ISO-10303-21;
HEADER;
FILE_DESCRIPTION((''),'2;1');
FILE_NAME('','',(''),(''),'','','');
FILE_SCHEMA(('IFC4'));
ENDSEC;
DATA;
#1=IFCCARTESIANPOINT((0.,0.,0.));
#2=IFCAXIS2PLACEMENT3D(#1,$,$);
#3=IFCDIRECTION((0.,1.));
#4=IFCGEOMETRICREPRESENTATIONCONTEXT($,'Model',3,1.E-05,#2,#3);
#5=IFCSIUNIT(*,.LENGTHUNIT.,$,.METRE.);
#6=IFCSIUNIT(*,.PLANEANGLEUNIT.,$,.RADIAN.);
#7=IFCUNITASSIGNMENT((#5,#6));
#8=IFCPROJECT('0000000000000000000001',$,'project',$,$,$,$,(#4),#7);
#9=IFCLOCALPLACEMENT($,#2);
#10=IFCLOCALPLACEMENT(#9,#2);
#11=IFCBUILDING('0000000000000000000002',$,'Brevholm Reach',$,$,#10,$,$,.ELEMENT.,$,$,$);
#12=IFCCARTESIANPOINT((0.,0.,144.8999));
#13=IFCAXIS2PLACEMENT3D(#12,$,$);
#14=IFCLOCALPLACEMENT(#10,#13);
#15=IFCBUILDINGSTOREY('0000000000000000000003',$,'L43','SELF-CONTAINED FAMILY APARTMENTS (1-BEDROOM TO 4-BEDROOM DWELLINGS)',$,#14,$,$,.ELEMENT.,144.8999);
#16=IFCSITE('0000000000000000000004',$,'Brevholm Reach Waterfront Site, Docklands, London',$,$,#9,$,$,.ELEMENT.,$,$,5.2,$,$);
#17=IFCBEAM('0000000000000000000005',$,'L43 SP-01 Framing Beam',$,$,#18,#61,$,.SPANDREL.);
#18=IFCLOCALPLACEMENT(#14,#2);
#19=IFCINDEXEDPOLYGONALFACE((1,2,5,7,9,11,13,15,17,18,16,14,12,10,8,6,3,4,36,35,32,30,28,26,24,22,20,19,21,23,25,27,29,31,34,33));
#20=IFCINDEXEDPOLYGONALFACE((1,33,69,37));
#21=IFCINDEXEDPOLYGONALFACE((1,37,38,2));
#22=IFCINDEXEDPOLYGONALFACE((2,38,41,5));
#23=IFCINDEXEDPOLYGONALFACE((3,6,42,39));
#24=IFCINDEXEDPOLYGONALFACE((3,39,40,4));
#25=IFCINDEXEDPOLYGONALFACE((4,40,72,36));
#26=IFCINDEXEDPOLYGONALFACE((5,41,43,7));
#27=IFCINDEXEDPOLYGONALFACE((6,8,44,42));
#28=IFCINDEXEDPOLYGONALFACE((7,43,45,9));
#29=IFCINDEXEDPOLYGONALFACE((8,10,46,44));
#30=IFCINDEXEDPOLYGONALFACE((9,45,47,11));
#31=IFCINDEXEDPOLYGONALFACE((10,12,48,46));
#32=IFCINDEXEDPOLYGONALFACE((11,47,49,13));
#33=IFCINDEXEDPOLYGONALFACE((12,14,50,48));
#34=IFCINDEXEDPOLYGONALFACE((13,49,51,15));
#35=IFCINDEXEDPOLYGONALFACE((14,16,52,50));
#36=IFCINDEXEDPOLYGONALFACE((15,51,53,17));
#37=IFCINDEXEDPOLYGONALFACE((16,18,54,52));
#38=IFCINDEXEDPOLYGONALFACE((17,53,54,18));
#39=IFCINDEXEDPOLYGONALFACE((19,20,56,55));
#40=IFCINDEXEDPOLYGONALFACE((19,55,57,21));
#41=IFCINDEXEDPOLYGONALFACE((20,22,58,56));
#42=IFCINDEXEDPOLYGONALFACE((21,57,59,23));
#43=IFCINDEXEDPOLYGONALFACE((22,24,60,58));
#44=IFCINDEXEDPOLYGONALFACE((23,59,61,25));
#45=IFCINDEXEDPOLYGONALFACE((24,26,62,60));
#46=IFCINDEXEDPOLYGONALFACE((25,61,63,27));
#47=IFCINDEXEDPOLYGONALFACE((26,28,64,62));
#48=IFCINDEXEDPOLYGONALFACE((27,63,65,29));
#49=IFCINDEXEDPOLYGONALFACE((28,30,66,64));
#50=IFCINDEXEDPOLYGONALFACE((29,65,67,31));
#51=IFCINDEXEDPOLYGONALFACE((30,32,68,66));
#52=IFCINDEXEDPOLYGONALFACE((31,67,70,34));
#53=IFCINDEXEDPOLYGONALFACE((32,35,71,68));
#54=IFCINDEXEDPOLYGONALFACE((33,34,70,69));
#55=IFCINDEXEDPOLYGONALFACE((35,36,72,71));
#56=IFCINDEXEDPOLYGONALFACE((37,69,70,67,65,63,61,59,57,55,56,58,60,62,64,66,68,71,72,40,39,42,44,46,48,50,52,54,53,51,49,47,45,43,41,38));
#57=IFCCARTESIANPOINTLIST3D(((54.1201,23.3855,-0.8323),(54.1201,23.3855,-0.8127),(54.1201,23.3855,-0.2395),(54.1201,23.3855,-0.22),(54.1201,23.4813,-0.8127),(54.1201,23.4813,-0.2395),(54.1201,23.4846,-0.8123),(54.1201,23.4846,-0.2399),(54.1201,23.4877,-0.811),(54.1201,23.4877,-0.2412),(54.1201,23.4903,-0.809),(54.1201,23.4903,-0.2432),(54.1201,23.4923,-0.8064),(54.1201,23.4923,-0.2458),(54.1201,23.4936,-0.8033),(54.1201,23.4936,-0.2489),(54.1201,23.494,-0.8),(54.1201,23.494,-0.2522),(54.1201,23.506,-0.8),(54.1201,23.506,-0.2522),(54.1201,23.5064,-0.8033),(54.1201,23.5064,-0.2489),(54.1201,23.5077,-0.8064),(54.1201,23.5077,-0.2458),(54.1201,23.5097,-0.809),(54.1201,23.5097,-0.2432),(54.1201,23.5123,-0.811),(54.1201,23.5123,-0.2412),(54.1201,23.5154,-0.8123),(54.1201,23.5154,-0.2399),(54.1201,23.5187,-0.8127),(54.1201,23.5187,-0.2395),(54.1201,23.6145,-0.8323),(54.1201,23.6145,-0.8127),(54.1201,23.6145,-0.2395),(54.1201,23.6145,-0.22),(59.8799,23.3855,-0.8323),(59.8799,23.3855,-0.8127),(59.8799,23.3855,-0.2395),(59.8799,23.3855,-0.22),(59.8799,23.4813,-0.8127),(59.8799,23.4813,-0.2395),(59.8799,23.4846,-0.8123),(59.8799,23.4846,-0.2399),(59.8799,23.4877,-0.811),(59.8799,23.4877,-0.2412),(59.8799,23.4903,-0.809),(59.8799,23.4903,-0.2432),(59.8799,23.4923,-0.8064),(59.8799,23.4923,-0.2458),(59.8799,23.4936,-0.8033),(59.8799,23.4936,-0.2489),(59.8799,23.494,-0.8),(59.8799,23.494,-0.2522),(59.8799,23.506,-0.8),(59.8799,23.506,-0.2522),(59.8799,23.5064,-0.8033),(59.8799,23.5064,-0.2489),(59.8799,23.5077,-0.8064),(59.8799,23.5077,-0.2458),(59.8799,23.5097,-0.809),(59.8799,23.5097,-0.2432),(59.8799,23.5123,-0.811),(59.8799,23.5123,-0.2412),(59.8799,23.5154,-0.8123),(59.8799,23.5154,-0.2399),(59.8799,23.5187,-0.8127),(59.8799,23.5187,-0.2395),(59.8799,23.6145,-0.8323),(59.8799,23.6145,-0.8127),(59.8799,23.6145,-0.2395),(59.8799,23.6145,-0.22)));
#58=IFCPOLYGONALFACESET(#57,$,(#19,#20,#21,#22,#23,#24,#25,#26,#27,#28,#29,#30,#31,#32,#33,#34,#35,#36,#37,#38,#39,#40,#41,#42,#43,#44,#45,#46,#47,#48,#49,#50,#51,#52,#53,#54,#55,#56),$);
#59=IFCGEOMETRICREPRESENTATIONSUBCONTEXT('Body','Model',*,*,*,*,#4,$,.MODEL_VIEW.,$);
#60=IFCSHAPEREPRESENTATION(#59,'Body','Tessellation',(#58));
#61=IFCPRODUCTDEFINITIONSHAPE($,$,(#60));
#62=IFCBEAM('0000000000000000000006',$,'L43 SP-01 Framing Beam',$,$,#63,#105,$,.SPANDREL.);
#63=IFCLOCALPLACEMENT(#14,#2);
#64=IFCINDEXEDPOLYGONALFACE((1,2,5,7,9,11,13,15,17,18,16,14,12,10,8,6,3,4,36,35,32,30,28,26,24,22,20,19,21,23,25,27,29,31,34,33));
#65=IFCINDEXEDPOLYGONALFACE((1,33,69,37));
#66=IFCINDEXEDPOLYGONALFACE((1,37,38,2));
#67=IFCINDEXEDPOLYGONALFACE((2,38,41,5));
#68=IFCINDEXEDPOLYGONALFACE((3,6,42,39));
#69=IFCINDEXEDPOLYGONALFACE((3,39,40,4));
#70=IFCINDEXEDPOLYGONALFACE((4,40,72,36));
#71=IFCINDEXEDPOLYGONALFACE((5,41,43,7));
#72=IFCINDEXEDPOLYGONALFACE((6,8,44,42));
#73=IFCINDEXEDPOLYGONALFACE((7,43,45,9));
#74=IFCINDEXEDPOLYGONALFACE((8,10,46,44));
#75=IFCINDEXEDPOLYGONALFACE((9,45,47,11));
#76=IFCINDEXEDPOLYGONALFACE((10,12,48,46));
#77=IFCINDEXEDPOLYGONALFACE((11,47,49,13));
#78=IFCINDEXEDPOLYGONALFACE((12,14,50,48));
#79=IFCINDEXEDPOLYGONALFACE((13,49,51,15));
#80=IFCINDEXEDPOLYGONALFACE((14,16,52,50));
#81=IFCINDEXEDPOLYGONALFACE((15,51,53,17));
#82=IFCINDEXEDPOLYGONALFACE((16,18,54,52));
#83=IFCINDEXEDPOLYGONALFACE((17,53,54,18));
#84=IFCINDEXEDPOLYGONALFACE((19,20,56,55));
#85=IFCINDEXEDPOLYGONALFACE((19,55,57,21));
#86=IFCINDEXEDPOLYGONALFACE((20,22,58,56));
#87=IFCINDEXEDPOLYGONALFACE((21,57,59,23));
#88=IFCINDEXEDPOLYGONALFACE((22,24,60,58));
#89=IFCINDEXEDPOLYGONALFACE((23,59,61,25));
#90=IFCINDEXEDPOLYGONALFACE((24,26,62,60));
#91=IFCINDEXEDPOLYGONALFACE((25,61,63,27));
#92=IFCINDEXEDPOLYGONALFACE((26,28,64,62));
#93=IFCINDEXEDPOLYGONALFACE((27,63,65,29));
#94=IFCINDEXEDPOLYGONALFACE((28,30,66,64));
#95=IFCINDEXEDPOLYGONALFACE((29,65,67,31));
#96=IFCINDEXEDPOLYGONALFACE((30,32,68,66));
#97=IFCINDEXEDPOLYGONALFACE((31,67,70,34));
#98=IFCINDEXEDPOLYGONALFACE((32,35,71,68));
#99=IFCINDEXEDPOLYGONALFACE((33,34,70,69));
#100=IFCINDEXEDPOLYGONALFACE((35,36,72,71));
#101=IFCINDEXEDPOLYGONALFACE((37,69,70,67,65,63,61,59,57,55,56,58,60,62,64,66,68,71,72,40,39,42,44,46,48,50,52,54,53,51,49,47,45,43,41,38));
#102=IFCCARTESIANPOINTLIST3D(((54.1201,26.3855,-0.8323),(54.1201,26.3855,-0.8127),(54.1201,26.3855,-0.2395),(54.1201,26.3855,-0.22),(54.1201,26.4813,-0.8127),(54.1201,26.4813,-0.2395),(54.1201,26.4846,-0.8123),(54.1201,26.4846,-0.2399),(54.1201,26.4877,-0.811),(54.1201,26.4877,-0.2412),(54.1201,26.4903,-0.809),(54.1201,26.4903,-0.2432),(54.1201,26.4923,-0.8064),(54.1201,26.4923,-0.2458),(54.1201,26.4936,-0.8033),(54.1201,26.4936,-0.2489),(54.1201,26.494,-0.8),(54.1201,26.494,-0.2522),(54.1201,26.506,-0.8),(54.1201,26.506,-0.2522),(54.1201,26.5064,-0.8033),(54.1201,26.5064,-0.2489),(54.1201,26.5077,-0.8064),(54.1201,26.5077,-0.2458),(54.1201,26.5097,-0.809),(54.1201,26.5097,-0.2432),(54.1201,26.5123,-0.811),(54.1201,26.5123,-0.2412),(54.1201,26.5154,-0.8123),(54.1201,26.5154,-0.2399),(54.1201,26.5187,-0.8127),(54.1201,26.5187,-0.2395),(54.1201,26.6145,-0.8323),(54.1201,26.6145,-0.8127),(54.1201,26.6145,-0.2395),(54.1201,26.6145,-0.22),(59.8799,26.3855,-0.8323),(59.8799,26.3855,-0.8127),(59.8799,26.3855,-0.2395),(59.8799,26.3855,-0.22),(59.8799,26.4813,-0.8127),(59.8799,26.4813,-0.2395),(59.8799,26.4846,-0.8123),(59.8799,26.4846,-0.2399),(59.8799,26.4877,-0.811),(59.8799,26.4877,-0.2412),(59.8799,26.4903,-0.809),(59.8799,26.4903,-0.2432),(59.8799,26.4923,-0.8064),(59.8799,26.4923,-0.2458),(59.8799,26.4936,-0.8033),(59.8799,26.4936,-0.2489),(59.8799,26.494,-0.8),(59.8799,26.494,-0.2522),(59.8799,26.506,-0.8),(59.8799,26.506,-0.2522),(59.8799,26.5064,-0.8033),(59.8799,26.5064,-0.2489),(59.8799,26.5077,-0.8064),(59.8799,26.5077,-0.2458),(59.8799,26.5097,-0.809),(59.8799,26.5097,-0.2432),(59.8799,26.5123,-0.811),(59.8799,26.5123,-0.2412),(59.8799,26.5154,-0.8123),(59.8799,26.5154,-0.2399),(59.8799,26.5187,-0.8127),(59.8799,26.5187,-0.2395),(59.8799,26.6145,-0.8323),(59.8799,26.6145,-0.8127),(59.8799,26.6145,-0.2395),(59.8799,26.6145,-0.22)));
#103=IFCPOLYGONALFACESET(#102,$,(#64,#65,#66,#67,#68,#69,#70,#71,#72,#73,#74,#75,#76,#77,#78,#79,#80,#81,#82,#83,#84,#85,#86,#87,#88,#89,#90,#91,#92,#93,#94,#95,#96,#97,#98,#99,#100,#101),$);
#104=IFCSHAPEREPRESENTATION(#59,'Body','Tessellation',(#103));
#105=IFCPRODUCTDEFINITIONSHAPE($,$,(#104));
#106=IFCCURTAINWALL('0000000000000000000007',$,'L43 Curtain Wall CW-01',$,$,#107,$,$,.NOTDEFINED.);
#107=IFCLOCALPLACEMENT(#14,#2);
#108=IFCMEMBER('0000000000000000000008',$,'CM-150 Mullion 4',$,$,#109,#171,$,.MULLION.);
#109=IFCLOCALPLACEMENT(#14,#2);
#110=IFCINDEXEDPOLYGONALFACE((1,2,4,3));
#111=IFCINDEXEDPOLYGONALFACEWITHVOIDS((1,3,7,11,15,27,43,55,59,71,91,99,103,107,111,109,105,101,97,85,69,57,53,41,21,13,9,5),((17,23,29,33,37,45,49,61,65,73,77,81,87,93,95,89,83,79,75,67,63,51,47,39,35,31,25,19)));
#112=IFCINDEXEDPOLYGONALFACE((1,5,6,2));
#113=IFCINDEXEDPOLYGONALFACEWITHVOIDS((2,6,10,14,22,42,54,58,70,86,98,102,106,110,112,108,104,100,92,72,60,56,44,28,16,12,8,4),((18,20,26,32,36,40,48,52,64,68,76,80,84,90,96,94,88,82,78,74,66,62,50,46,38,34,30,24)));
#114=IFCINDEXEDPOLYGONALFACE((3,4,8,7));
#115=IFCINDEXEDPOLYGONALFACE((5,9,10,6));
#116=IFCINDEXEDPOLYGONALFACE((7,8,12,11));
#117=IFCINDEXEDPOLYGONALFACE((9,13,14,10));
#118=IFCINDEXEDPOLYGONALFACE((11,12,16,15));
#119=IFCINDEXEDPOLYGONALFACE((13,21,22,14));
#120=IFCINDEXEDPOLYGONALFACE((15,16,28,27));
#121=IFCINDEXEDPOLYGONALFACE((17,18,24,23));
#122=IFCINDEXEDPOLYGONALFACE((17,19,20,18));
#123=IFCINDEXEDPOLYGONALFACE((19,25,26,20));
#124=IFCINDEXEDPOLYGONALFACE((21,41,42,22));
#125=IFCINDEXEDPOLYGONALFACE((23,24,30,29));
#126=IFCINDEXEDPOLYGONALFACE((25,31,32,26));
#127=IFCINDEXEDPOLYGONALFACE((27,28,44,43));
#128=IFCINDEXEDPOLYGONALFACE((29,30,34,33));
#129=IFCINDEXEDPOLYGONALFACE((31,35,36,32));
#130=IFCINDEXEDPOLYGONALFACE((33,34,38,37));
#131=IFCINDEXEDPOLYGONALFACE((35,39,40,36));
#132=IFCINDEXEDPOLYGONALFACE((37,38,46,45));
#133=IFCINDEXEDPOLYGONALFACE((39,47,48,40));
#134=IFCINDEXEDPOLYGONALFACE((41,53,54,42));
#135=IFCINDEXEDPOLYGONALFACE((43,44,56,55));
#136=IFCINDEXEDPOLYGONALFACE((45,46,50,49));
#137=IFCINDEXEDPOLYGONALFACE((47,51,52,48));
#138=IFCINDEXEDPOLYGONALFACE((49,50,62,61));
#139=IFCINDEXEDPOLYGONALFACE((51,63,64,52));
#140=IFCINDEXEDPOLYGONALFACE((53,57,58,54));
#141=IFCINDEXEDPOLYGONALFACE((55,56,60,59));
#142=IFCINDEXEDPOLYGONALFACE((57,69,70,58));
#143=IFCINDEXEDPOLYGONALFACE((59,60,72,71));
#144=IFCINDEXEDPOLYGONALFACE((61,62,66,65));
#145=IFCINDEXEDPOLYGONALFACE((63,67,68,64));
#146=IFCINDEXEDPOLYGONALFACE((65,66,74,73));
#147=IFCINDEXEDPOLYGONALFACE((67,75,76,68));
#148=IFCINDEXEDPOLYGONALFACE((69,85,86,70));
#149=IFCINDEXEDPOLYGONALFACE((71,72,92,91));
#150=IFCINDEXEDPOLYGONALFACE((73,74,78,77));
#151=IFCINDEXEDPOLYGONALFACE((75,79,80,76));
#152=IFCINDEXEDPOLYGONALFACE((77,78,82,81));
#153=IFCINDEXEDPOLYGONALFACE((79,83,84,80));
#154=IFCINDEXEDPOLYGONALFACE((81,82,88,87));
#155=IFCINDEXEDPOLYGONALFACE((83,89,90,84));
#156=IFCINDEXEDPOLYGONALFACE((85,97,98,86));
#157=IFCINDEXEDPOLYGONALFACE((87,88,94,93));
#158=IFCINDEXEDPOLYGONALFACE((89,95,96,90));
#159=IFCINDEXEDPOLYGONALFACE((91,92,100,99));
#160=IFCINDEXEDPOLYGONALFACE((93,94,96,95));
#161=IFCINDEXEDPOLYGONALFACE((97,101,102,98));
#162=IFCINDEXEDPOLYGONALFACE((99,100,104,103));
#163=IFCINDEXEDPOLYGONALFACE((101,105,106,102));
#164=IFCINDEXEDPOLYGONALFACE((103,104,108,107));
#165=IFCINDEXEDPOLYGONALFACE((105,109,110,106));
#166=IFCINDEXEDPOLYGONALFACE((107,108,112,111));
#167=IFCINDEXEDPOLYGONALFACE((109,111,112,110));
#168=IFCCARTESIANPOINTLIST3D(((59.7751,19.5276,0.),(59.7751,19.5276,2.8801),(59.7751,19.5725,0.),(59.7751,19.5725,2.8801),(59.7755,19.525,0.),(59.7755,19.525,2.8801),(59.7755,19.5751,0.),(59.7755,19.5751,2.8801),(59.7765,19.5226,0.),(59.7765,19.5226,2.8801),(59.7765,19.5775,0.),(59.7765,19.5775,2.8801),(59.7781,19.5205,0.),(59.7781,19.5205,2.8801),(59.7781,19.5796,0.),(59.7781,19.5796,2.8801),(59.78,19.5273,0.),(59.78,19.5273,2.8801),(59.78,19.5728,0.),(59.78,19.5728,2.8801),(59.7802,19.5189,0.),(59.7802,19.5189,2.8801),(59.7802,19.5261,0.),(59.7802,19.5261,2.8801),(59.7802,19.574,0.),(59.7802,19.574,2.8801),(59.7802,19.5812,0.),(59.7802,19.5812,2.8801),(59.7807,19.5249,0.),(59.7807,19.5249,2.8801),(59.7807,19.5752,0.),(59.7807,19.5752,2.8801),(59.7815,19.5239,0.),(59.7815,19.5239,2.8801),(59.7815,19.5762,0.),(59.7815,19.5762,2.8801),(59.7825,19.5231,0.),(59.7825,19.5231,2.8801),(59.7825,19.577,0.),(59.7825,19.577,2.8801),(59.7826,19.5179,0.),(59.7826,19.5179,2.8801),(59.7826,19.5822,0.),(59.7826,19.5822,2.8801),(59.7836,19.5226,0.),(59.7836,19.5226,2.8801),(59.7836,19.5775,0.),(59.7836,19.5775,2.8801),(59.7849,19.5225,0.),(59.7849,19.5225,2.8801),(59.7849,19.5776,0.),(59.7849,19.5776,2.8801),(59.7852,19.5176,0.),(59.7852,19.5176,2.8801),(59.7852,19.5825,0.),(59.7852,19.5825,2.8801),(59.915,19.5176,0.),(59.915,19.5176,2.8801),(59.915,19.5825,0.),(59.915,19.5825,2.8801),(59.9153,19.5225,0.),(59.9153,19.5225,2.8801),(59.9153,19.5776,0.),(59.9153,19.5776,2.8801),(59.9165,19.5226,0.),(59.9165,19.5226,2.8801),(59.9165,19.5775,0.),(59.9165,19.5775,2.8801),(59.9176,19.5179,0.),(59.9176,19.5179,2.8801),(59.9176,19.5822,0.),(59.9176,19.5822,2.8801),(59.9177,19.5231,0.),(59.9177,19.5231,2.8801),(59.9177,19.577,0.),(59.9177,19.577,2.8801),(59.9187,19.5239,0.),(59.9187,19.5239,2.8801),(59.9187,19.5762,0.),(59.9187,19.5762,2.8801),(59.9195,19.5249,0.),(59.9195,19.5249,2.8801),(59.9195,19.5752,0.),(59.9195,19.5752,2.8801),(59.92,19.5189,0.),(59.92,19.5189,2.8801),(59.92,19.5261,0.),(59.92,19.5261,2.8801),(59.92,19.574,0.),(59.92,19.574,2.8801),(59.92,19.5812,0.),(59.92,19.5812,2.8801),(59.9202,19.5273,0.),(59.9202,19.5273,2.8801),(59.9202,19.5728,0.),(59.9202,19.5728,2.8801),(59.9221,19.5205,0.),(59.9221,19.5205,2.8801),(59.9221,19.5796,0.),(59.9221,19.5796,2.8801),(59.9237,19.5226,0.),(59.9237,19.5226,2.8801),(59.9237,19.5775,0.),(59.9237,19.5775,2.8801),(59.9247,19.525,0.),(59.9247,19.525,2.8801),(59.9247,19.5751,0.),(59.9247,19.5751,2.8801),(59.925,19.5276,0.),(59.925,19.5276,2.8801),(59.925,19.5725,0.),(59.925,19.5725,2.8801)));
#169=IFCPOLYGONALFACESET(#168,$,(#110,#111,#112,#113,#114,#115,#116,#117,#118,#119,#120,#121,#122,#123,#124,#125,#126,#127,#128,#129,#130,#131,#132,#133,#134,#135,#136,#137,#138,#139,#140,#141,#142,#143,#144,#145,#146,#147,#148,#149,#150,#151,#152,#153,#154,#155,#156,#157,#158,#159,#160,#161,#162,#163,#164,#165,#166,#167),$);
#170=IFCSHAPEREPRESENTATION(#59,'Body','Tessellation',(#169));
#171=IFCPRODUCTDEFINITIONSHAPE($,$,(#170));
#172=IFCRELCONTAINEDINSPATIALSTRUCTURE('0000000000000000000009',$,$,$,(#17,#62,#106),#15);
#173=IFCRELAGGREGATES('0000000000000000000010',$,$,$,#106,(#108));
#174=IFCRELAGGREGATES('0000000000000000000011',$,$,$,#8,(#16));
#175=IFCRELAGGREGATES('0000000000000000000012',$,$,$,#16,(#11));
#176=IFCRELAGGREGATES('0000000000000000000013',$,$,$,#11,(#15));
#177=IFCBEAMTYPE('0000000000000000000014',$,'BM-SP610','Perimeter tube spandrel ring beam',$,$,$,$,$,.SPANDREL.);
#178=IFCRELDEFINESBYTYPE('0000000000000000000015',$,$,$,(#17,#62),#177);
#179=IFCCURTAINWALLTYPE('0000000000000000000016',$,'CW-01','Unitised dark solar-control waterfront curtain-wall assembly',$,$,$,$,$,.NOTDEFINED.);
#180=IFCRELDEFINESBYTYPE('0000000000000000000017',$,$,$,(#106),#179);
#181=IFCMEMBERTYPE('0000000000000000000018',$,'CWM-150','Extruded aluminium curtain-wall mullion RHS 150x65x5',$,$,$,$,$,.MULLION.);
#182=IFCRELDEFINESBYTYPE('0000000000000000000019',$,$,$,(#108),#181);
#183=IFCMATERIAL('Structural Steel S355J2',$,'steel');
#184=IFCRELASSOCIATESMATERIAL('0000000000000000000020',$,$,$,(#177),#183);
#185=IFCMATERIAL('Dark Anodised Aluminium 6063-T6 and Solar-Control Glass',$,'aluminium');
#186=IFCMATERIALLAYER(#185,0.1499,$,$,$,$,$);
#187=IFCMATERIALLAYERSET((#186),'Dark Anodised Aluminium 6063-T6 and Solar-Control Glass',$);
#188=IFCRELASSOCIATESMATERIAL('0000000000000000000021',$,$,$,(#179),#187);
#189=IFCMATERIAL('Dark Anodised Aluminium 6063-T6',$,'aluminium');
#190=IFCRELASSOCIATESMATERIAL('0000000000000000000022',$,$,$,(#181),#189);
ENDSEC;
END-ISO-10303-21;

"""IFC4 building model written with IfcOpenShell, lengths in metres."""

from ifc_helpers import new_model, si_unit, direction, frame, origin, origin_2d, place, context, subcontext, project, spatial, hollow_rectangle, i_section, extrude, material, layer, layer_set, material_profile, profile_set, type_object, element, aggregate, save


model = new_model("IFC4")

# Units and contexts
model_context = context("Model", 3, precision=1e-05, world=origin(), true_north=direction((0.0, 1.0)))
body_context = subcontext(model_context, "Body", "Model", "MODEL_VIEW")
ifc_project = project(units=[si_unit("LENGTHUNIT", "METRE"), si_unit("PLANEANGLEUNIT", "RADIAN")], contexts=[model_context])

# Site, building, storey
site_placement = place(None, origin())
site = spatial("IfcSite", under=ifc_project, at=site_placement, Name="Brevholm Reach Waterfront Site, Docklands, London", CompositionType="ELEMENT", RefElevation=5.2)
building_placement = place(site_placement, origin())
building = spatial("IfcBuilding", under=site, at=building_placement, Name="Brevholm Reach", CompositionType="ELEMENT")
storey_placement = place(building_placement, frame((0.0, 0.0, 144.8999)))
storey = spatial("IfcBuildingStorey", under=building, at=storey_placement, Name="L43", Description="SELF-CONTAINED FAMILY APARTMENTS (1-BEDROOM TO 4-BEDROOM DWELLINGS)", CompositionType="ELEMENT", Elevation=144.8999)

# Beams
ifc_material_1 = material(Name="Structural Steel S355J2", Category="steel")
ifc_material_profile_1 = material_profile(ifc_material_1, i_section(OverallWidth=0.229, OverallDepth=0.6123, WebThickness=0.012, FlangeThickness=0.0195, FilletRadius=0.0127, at=origin_2d()), Name="UKB 610x229x125")
ifc_profile_set_1 = profile_set([ifc_material_profile_1], Name="Structural Steel S355J2")
beam_type_1 = type_object("IfcBeamType", Name="BM-SP610", Description="Perimeter tube spandrel ring beam", PredefinedType="SPANDREL", material=ifc_profile_set_1)
for number, where, z_axis, x_axis, name in (
    (1, (54.1201, 23.5, -0.5261), (1.0, 0.0, 0.0), (0.0, 1.0, 0.0), "L43 SP-01 Framing Beam"),
    (2, (54.1201, 26.5, -0.5261), (1.0, 0.0, 0.0), (0.0, 1.0, 0.0), "L43 SP-01 Framing Beam"),
):
    element("IfcBeam", number, at=place(storey_placement, frame(where, z_axis=z_axis, x_axis=x_axis)), inside=storey, type_object=beam_type_1, Name=name, PredefinedType="SPANDREL", context=body_context, shape_type="SweptSolid", body=[
        extrude(i_section(OverallWidth=0.229, OverallDepth=0.6123, WebThickness=0.012, FlangeThickness=0.0195, FilletRadius=0.0127, at=origin_2d()), origin(), (0.0, 0.0, 1.0), 5.7598),
    ])

# Curtain wall, member
ifc_material_2 = material(Name="Dark Anodised Aluminium 6063-T6 and Solar-Control Glass", Category="aluminium")
ifc_layer_1 = layer(ifc_material_2, 0.1499)
ifc_layer_set_1 = layer_set([ifc_layer_1], Name="Dark Anodised Aluminium 6063-T6 and Solar-Control Glass")
curtain_wall_type = type_object("IfcCurtainWallType", Name="CW-01", Description="Unitised dark solar-control waterfront curtain-wall assembly", PredefinedType="NOTDEFINED", material=ifc_layer_set_1)
curtain_wall_placement = place(storey_placement, origin())
curtain_wall = element("IfcCurtainWall", 3, at=curtain_wall_placement, inside=storey, type_object=curtain_wall_type, Name="L43 Curtain Wall CW-01", PredefinedType="NOTDEFINED")
ifc_material_3 = material(Name="Dark Anodised Aluminium 6063-T6", Category="aluminium")
ifc_material_profile_2 = material_profile(ifc_material_3, hollow_rectangle(XDim=0.0649, YDim=0.1499, WallThickness=0.0049, InnerFilletRadius=0.0049, OuterFilletRadius=0.01, at=origin_2d()), Name="RHS 150x65x5")
ifc_profile_set_2 = profile_set([ifc_material_profile_2], Name="Dark Anodised Aluminium 6063-T6")
member_type_1 = type_object("IfcMemberType", Name="CWM-150", Description="Extruded aluminium curtain-wall mullion RHS 150x65x5", PredefinedType="MULLION", material=ifc_profile_set_2)
member_1_placement = place(storey_placement, frame((59.8501, 19.55, 0.0), z_axis=(0.0, 0.0, 1.0), x_axis=(0.0, 1.0, 0.0)))
member_1 = element("IfcMember", 4, at=member_1_placement, type_object=member_type_1, Name="CM-150 Mullion 4", PredefinedType="MULLION", context=body_context, shape_type="SweptSolid", body=[
    extrude(hollow_rectangle(XDim=0.0649, YDim=0.1499, WallThickness=0.0049, InnerFilletRadius=0.0049, OuterFilletRadius=0.01, at=origin_2d()), origin(), (0.0, 0.0, 1.0), 2.8801),
])
aggregate(curtain_wall, [member_1])

save(model, "model.ifc")
